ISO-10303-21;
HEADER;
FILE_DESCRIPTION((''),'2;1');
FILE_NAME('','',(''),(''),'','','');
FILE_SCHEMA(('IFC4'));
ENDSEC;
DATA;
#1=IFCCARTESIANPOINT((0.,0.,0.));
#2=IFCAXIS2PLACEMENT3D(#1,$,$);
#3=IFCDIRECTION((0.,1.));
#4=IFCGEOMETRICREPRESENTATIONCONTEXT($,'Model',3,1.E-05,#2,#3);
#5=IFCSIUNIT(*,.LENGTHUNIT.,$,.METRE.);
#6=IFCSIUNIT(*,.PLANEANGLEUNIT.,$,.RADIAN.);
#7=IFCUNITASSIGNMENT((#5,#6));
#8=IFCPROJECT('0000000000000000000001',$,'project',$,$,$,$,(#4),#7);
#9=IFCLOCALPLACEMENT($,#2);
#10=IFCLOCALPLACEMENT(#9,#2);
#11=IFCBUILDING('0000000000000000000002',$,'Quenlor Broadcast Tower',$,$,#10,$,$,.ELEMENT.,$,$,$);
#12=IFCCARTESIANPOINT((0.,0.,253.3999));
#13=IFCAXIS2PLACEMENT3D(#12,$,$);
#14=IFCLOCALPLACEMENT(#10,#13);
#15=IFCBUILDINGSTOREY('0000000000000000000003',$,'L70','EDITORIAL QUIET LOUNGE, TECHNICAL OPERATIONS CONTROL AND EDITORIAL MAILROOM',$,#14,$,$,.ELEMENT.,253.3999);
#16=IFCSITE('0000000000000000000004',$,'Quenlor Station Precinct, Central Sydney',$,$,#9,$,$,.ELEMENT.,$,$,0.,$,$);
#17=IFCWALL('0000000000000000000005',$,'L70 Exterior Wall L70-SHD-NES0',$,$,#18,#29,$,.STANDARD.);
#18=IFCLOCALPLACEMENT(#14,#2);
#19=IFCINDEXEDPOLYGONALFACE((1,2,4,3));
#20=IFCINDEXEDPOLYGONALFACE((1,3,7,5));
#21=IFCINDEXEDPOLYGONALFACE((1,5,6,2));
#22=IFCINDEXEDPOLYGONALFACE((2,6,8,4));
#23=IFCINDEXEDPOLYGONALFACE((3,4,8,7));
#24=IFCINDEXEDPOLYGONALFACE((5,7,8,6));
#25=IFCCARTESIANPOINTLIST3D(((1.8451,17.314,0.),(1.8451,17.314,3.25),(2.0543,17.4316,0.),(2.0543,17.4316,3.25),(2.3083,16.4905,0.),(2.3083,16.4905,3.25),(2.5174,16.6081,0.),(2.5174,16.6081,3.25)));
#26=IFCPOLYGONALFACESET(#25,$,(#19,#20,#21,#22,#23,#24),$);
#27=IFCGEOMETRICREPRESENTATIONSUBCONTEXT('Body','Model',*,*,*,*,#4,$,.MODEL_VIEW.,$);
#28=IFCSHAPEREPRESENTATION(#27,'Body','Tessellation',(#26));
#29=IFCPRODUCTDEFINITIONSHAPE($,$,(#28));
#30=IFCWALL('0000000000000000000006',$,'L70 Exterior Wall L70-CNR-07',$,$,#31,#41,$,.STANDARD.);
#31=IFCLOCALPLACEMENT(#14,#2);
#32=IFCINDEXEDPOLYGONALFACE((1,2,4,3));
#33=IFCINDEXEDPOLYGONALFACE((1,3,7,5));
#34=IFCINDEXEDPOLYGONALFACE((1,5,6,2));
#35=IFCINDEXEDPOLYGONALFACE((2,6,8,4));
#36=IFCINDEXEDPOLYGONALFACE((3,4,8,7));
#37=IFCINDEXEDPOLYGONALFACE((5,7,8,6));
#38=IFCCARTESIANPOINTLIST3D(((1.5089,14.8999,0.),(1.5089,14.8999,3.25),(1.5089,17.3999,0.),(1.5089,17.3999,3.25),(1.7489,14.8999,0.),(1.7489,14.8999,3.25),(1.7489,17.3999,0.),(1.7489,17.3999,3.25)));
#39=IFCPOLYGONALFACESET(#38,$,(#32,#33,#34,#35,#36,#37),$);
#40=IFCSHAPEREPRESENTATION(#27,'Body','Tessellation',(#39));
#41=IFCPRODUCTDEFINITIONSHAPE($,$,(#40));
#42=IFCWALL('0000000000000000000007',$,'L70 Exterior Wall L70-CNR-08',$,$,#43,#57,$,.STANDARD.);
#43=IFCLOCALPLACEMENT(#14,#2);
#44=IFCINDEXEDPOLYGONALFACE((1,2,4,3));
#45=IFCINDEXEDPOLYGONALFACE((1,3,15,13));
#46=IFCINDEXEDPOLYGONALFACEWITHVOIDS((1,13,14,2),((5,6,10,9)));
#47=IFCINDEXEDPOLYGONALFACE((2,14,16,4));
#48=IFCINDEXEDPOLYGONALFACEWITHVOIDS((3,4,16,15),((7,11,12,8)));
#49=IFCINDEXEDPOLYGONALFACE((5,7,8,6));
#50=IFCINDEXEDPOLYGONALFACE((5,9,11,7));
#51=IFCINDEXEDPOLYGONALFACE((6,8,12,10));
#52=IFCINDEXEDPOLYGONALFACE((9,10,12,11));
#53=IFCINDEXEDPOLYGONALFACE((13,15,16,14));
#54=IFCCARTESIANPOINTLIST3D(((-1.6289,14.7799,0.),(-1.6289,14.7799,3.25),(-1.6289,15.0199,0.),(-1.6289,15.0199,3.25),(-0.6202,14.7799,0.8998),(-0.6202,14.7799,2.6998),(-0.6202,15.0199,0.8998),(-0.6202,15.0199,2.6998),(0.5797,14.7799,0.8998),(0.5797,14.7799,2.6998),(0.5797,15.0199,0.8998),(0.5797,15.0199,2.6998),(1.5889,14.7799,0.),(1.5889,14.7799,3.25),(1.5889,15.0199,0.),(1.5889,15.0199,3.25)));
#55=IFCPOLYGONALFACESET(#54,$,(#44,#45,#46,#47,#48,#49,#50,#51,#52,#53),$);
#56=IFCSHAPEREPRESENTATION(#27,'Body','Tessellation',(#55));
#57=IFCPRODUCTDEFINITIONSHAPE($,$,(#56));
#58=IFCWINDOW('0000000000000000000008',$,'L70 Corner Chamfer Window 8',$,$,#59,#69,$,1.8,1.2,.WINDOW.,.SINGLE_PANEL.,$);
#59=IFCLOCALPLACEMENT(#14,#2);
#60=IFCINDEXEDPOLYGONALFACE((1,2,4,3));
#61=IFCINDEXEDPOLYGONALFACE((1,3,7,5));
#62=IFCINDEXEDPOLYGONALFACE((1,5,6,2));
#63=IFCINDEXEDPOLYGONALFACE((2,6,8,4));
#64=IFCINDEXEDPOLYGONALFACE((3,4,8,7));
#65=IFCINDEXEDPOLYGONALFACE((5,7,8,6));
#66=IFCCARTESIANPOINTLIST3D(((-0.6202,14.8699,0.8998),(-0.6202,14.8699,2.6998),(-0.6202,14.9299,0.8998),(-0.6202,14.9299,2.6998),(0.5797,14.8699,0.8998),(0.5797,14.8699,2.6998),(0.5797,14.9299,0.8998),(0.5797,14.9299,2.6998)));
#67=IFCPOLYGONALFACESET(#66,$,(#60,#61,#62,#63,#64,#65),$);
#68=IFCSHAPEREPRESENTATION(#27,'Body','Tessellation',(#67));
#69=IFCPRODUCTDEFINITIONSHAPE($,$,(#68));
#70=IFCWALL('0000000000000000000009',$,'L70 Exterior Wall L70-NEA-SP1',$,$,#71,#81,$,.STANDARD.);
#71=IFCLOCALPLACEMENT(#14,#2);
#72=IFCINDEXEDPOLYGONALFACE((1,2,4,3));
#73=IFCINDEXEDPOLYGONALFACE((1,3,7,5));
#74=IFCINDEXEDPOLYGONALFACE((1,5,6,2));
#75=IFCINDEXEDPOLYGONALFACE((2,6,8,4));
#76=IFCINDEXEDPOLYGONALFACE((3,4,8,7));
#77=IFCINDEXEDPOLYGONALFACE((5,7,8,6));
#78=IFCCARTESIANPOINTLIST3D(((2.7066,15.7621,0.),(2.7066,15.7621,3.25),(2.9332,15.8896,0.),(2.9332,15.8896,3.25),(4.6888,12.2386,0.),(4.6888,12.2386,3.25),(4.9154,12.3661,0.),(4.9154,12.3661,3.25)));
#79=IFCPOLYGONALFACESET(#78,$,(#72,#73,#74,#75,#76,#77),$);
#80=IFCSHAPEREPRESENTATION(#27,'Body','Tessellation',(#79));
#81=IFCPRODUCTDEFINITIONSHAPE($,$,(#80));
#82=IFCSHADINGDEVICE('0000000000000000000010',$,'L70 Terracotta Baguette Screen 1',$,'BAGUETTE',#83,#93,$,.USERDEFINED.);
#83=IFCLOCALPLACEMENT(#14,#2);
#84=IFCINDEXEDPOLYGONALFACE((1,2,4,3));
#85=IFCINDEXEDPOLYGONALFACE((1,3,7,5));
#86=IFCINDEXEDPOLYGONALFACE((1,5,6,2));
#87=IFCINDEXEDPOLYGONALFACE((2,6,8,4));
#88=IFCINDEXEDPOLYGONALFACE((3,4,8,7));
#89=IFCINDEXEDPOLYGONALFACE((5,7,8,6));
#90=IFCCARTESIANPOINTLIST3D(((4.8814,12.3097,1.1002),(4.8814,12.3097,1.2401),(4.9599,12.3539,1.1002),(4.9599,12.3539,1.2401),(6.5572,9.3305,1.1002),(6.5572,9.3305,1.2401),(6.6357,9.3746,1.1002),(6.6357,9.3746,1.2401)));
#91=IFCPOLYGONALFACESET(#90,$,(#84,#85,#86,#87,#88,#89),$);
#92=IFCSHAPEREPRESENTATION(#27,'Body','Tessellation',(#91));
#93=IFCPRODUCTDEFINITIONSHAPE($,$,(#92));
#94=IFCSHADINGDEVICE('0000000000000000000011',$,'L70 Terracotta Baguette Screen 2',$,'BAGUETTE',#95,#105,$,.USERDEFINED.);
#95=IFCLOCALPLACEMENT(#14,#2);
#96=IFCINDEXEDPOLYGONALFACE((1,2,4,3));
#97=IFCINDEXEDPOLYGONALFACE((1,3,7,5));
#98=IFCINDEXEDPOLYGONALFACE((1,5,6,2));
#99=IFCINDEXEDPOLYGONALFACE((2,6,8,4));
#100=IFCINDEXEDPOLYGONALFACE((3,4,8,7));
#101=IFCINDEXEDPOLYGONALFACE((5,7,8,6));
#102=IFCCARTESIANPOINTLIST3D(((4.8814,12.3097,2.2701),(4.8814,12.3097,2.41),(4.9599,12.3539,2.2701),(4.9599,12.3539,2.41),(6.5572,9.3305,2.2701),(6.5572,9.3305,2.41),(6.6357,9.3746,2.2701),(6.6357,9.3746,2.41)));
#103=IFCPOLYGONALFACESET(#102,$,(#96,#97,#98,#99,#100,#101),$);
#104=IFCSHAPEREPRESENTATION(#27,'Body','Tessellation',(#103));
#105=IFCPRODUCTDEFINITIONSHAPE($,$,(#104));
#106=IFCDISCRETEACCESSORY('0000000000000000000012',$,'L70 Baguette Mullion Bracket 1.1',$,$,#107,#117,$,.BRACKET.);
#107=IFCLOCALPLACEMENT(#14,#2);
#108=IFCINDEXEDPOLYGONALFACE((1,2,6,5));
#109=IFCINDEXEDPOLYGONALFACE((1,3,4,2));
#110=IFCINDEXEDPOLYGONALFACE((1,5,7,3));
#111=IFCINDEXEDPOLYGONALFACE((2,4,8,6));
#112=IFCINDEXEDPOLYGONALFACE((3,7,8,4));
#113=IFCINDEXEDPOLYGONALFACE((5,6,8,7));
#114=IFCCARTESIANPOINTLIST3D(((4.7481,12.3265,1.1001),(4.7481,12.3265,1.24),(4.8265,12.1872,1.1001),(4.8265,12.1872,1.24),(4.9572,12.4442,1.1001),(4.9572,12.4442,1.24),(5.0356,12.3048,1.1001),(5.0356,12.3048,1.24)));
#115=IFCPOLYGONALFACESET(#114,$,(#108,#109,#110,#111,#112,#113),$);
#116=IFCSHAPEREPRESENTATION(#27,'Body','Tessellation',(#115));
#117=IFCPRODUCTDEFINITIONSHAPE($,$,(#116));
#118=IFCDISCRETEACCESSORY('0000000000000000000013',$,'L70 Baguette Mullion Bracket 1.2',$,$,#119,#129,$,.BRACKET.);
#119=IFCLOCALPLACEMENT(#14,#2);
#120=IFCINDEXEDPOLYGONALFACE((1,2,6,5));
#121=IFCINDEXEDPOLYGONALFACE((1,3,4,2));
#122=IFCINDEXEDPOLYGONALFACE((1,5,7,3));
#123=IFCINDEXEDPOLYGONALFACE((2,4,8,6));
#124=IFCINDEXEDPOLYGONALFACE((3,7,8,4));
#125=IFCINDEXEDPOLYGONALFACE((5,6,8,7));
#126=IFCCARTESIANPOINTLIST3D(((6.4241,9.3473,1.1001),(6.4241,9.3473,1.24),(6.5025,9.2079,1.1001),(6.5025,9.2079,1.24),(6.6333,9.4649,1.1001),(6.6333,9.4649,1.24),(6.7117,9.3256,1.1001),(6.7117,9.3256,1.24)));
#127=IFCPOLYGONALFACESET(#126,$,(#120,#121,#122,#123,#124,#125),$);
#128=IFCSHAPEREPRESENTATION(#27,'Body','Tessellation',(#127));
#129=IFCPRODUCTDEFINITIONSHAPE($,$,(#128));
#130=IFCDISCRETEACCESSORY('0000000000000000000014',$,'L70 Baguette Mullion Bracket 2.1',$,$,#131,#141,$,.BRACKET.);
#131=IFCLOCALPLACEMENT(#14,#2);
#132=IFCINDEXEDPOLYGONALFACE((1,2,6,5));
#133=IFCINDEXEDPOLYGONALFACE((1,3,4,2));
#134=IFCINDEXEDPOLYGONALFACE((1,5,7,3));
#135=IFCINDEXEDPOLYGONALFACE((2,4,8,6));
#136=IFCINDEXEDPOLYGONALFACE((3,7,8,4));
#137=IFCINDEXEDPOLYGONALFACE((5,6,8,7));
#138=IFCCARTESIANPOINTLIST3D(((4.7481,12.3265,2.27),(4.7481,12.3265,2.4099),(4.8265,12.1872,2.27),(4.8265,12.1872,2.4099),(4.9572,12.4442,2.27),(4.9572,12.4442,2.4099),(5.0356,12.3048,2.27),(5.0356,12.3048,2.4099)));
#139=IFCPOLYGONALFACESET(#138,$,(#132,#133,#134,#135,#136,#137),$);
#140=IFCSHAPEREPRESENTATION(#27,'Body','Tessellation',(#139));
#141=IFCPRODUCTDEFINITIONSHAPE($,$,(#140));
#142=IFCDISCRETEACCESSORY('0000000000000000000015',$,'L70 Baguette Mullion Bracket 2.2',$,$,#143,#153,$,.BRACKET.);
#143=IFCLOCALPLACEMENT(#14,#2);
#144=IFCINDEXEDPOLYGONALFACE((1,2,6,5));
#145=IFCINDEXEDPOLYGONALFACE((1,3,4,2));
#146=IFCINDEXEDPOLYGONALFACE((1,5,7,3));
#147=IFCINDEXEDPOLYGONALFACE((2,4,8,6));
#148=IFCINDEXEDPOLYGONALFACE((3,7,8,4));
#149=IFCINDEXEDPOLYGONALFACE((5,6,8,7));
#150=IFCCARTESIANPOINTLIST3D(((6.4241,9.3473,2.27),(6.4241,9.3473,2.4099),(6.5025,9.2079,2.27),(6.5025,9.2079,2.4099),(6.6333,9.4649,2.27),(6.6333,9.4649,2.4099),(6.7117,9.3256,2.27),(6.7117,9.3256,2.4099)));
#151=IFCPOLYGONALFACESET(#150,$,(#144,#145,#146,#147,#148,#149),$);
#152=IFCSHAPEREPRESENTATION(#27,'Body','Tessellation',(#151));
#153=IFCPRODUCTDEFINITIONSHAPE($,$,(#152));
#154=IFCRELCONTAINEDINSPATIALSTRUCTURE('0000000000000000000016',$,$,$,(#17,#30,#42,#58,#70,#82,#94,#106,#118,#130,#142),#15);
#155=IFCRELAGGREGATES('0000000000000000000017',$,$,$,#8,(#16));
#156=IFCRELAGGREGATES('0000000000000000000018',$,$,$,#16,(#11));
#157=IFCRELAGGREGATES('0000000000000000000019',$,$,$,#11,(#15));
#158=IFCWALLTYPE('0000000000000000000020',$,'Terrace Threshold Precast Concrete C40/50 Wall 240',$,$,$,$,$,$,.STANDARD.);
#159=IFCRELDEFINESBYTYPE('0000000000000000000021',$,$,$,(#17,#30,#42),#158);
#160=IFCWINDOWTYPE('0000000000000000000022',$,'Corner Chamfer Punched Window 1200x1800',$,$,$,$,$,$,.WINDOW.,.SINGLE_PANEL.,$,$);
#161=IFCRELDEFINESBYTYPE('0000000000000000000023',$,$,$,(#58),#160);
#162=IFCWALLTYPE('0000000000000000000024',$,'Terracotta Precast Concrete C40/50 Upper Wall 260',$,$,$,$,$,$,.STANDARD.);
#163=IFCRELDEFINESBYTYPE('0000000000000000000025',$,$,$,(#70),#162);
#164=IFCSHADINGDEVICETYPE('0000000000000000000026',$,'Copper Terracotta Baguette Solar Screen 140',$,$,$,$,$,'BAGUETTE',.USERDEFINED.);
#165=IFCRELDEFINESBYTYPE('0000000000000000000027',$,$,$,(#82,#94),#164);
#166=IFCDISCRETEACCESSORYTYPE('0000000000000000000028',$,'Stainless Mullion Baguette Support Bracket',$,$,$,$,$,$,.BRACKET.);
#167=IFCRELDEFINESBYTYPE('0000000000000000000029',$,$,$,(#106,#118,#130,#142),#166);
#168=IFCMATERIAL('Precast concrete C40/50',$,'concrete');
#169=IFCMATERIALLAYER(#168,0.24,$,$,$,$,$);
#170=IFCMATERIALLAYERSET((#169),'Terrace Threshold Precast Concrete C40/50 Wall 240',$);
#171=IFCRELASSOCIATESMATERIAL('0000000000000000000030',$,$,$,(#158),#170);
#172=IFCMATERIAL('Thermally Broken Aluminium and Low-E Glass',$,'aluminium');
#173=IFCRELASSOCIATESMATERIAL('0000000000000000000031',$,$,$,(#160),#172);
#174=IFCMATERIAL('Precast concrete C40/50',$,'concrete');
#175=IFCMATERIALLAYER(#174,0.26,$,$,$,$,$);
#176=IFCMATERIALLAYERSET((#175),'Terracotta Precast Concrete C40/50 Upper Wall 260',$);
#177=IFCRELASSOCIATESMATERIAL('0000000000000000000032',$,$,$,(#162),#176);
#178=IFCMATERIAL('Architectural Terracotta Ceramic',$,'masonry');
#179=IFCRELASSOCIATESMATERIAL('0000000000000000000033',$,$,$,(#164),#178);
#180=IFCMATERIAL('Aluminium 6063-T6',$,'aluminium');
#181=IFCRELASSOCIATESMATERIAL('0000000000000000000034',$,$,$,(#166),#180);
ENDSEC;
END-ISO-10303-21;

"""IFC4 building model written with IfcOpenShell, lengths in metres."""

from ifc_helpers import new_model, si_unit, direction, frame, frame_2d, origin, origin_2d, place, context, subcontext, project, spatial, rectangle, extrude, material, layer, layer_set, material_profile, profile_set, type_object, element, fill, save


model = new_model("IFC4")

# Units and contexts
model_context = context("Model", 3, precision=1e-05, world=origin(), true_north=direction((0.0, 1.0)))
body_context = subcontext(model_context, "Body", "Model", "MODEL_VIEW")
ifc_project = project(units=[si_unit("LENGTHUNIT", "METRE"), si_unit("PLANEANGLEUNIT", "RADIAN")], contexts=[model_context])

# Site, building, storey
site_placement = place(None, origin())
site = spatial("IfcSite", under=ifc_project, at=site_placement, Name="Quenlor Station Precinct, Central Sydney", CompositionType="ELEMENT", RefElevation=0.0)
building_placement = place(site_placement, origin())
building = spatial("IfcBuilding", under=site, at=building_placement, Name="Quenlor Broadcast Tower", CompositionType="ELEMENT")
storey_placement = place(building_placement, frame((0.0, 0.0, 253.3999)))
storey = spatial("IfcBuildingStorey", under=building, at=storey_placement, Name="L70", Description="EDITORIAL QUIET LOUNGE, TECHNICAL OPERATIONS CONTROL AND EDITORIAL MAILROOM", CompositionType="ELEMENT", Elevation=253.3999)

# Walls
ifc_material_1 = material(Name="Precast concrete C40/50", Category="concrete")
ifc_layer_1 = layer(ifc_material_1, 0.24)
ifc_layer_set_1 = layer_set([ifc_layer_1], Name="Terrace Threshold Precast Concrete C40/50 Wall 240")
wall_type_1 = type_object("IfcWallType", Name="Terrace Threshold Precast Concrete C40/50 Wall 240", PredefinedType="STANDARD", material=ifc_layer_set_1)
wall_1_placement = place(storey_placement, frame((1.9497, 17.3728, 0.0), z_axis=(0.0, 0.0, 1.0), x_axis=(0.4902, -0.87161, 0.0)))
element("IfcWall", 1, at=wall_1_placement, inside=storey, type_object=wall_type_1, Name="L70 Exterior Wall L70-SHD-NES0", PredefinedType="STANDARD", context=body_context, shape_type="SweptSolid", body=[
    extrude(rectangle(XDim=0.9448, YDim=0.24, at=frame_2d((0.4724, 0.0))), origin(), (0.0, 0.0, 1.0), 3.25),
])
wall_2_placement = place(storey_placement, frame((1.6289, 17.3999, 0.0), z_axis=(0.0, 0.0, 1.0), x_axis=(0.0, -1.0, 0.0)))
element("IfcWall", 2, at=wall_2_placement, inside=storey, type_object=wall_type_1, Name="L70 Exterior Wall L70-CNR-07", PredefinedType="STANDARD", context=body_context, shape_type="SweptSolid", body=[
    extrude(rectangle(XDim=2.5, YDim=0.24, at=frame_2d((1.25, 0.0))), origin(), (0.0, 0.0, 1.0), 3.25),
])

# Wall, opening, window
wall_3_placement = place(storey_placement, frame((1.5889, 14.8999, 0.0), z_axis=(0.0, 0.0, 1.0), x_axis=(-1.0, 0.0, 0.0)))
wall_3 = element("IfcWall", 3, at=wall_3_placement, inside=storey, type_object=wall_type_1, Name="L70 Exterior Wall L70-CNR-08", PredefinedType="STANDARD", context=body_context, shape_type="SweptSolid", body=[
    extrude(rectangle(XDim=3.2178, YDim=0.24, at=frame_2d((1.6089, 0.0))), origin(), (0.0, 0.0, 1.0), 3.25),
])
opening_placement = place(wall_3_placement, frame((1.009, 0.0, 0.8999)))
opening = element("IfcOpeningElement", 4, at=opening_placement, cuts=wall_3, PredefinedType="OPENING", context=body_context, shape_type="SweptSolid", body=[
    extrude(rectangle(XDim=1.2, YDim=1.8, at=frame_2d((0.6001, 0.8999))), frame((0.0, 0.1299, 0.0), z_axis=(0.0, -1.0, 0.0), x_axis=(1.0, 0.0, 0.0)), (0.0, 0.0, 1.0), 0.26),
])
ifc_material_2 = material(Name="Thermally Broken Aluminium and Low-E Glass", Category="aluminium")
window_type = type_object("IfcWindowType", Name="Corner Chamfer Punched Window 1200x1800", PartitioningType="SINGLE_PANEL", PredefinedType="WINDOW", material=ifc_material_2)
window_placement = place(opening_placement, origin())
window = element("IfcWindow", 5, at=window_placement, inside=storey, type_object=window_type, Name="L70 Corner Chamfer Window 8", OverallHeight=1.8, OverallWidth=1.2, PartitioningType="SINGLE_PANEL", PredefinedType="WINDOW", context=body_context, shape_type="SweptSolid", body=[
    extrude(rectangle(XDim=1.2, YDim=1.8, at=frame_2d((0.6001, 0.8999))), frame((0.0, 0.03, 0.0), z_axis=(0.0, -1.0, 0.0), x_axis=(1.0, 0.0, 0.0)), (0.0, 0.0, 1.0), 0.0601),
])
fill(opening, window)

# Wall
ifc_material_3 = material(Name="Precast concrete C40/50", Category="concrete")
ifc_layer_2 = layer(ifc_material_3, 0.26)
ifc_layer_set_2 = layer_set([ifc_layer_2], Name="Terracotta Precast Concrete C40/50 Upper Wall 260")
wall_type_2 = type_object("IfcWallType", Name="Terracotta Precast Concrete C40/50 Upper Wall 260", PredefinedType="STANDARD", material=ifc_layer_set_2)
wall_4_placement = place(storey_placement, frame((2.8198, 15.8259, 0.0), z_axis=(0.0, 0.0, 1.0), x_axis=(0.490307, -0.87155, 0.0)))
element("IfcWall", 6, at=wall_4_placement, inside=storey, type_object=wall_type_2, Name="L70 Exterior Wall L70-NEA-SP1", PredefinedType="STANDARD", context=body_context, shape_type="SweptSolid", body=[
    extrude(rectangle(XDim=4.0427, YDim=0.26, at=frame_2d((2.0215, 0.0))), origin(), (0.0, 0.0, 1.0), 3.25),
])

# Shading devices
ifc_material_4 = material(Name="Architectural Terracotta Ceramic", Category="masonry")
ifc_material_profile_1 = material_profile(ifc_material_4, rectangle(XDim=0.0901, YDim=0.1399, at=origin_2d()))
ifc_profile_set_1 = profile_set([ifc_material_profile_1], Name="Architectural Terracotta Ceramic BAG90x140")
shading_device_type = type_object("IfcShadingDeviceType", Name="Copper Terracotta Baguette Solar Screen 140", ElementType="BAGUETTE", PredefinedType="USERDEFINED", material=ifc_profile_set_1)
for number, where, z_axis, x_axis, name in (
    (7, (4.9207, 12.3318, 1.1702), (0.490251, -0.871581, 0.0), (0.871581, 0.490251, 0.0), "L70 Terracotta Baguette Screen 1"),
    (8, (4.9207, 12.3318, 2.3401), (0.490251, -0.871581, 0.0), (0.871581, 0.490251, 0.0), "L70 Terracotta Baguette Screen 2"),
):
    element("IfcShadingDevice", number, at=place(storey_placement, frame(where, z_axis=z_axis, x_axis=x_axis)), inside=storey, type_object=shading_device_type, Name=name, ObjectType="BAGUETTE", PredefinedType="USERDEFINED", context=body_context, shape_type="SweptSolid", body=[
        extrude(rectangle(XDim=0.0901, YDim=0.1399, at=origin_2d()), origin(), (0.0, 0.0, 1.0), 3.4182),
    ])

# Discrete accessories
ifc_material_5 = material(Name="Aluminium 6063-T6", Category="aluminium")
discrete_accessory_type = type_object("IfcDiscreteAccessoryType", Name="Stainless Mullion Baguette Support Bracket", PredefinedType="BRACKET", material=ifc_material_5)
for number, where, z_axis, x_axis, name in (
    (9, (4.8918, 12.3157, 1.1001), (0.0, 0.0, 1.0), (0.49025, -0.871582, 0.0), "L70 Baguette Mullion Bracket 1.1"),
    (10, (6.5679, 9.3364, 1.1001), (0.0, 0.0, 1.0), (0.49025, -0.871582, 0.0), "L70 Baguette Mullion Bracket 1.2"),
    (11, (4.8918, 12.3157, 2.27), (0.0, 0.0, 1.0), (0.49025, -0.871582, 0.0), "L70 Baguette Mullion Bracket 2.1"),
    (12, (6.5679, 9.3364, 2.27), (0.0, 0.0, 1.0), (0.49025, -0.871582, 0.0), "L70 Baguette Mullion Bracket 2.2"),
):
    element("IfcDiscreteAccessory", number, at=place(storey_placement, frame(where, z_axis=z_axis, x_axis=x_axis)), inside=storey, type_object=discrete_accessory_type, Name=name, PredefinedType="BRACKET", context=body_context, shape_type="SweptSolid", body=[
        extrude(rectangle(XDim=0.1599, YDim=0.24, at=origin_2d()), origin(), (0.0, 0.0, 1.0), 0.1399),
    ])

save(model, "model.ifc")
